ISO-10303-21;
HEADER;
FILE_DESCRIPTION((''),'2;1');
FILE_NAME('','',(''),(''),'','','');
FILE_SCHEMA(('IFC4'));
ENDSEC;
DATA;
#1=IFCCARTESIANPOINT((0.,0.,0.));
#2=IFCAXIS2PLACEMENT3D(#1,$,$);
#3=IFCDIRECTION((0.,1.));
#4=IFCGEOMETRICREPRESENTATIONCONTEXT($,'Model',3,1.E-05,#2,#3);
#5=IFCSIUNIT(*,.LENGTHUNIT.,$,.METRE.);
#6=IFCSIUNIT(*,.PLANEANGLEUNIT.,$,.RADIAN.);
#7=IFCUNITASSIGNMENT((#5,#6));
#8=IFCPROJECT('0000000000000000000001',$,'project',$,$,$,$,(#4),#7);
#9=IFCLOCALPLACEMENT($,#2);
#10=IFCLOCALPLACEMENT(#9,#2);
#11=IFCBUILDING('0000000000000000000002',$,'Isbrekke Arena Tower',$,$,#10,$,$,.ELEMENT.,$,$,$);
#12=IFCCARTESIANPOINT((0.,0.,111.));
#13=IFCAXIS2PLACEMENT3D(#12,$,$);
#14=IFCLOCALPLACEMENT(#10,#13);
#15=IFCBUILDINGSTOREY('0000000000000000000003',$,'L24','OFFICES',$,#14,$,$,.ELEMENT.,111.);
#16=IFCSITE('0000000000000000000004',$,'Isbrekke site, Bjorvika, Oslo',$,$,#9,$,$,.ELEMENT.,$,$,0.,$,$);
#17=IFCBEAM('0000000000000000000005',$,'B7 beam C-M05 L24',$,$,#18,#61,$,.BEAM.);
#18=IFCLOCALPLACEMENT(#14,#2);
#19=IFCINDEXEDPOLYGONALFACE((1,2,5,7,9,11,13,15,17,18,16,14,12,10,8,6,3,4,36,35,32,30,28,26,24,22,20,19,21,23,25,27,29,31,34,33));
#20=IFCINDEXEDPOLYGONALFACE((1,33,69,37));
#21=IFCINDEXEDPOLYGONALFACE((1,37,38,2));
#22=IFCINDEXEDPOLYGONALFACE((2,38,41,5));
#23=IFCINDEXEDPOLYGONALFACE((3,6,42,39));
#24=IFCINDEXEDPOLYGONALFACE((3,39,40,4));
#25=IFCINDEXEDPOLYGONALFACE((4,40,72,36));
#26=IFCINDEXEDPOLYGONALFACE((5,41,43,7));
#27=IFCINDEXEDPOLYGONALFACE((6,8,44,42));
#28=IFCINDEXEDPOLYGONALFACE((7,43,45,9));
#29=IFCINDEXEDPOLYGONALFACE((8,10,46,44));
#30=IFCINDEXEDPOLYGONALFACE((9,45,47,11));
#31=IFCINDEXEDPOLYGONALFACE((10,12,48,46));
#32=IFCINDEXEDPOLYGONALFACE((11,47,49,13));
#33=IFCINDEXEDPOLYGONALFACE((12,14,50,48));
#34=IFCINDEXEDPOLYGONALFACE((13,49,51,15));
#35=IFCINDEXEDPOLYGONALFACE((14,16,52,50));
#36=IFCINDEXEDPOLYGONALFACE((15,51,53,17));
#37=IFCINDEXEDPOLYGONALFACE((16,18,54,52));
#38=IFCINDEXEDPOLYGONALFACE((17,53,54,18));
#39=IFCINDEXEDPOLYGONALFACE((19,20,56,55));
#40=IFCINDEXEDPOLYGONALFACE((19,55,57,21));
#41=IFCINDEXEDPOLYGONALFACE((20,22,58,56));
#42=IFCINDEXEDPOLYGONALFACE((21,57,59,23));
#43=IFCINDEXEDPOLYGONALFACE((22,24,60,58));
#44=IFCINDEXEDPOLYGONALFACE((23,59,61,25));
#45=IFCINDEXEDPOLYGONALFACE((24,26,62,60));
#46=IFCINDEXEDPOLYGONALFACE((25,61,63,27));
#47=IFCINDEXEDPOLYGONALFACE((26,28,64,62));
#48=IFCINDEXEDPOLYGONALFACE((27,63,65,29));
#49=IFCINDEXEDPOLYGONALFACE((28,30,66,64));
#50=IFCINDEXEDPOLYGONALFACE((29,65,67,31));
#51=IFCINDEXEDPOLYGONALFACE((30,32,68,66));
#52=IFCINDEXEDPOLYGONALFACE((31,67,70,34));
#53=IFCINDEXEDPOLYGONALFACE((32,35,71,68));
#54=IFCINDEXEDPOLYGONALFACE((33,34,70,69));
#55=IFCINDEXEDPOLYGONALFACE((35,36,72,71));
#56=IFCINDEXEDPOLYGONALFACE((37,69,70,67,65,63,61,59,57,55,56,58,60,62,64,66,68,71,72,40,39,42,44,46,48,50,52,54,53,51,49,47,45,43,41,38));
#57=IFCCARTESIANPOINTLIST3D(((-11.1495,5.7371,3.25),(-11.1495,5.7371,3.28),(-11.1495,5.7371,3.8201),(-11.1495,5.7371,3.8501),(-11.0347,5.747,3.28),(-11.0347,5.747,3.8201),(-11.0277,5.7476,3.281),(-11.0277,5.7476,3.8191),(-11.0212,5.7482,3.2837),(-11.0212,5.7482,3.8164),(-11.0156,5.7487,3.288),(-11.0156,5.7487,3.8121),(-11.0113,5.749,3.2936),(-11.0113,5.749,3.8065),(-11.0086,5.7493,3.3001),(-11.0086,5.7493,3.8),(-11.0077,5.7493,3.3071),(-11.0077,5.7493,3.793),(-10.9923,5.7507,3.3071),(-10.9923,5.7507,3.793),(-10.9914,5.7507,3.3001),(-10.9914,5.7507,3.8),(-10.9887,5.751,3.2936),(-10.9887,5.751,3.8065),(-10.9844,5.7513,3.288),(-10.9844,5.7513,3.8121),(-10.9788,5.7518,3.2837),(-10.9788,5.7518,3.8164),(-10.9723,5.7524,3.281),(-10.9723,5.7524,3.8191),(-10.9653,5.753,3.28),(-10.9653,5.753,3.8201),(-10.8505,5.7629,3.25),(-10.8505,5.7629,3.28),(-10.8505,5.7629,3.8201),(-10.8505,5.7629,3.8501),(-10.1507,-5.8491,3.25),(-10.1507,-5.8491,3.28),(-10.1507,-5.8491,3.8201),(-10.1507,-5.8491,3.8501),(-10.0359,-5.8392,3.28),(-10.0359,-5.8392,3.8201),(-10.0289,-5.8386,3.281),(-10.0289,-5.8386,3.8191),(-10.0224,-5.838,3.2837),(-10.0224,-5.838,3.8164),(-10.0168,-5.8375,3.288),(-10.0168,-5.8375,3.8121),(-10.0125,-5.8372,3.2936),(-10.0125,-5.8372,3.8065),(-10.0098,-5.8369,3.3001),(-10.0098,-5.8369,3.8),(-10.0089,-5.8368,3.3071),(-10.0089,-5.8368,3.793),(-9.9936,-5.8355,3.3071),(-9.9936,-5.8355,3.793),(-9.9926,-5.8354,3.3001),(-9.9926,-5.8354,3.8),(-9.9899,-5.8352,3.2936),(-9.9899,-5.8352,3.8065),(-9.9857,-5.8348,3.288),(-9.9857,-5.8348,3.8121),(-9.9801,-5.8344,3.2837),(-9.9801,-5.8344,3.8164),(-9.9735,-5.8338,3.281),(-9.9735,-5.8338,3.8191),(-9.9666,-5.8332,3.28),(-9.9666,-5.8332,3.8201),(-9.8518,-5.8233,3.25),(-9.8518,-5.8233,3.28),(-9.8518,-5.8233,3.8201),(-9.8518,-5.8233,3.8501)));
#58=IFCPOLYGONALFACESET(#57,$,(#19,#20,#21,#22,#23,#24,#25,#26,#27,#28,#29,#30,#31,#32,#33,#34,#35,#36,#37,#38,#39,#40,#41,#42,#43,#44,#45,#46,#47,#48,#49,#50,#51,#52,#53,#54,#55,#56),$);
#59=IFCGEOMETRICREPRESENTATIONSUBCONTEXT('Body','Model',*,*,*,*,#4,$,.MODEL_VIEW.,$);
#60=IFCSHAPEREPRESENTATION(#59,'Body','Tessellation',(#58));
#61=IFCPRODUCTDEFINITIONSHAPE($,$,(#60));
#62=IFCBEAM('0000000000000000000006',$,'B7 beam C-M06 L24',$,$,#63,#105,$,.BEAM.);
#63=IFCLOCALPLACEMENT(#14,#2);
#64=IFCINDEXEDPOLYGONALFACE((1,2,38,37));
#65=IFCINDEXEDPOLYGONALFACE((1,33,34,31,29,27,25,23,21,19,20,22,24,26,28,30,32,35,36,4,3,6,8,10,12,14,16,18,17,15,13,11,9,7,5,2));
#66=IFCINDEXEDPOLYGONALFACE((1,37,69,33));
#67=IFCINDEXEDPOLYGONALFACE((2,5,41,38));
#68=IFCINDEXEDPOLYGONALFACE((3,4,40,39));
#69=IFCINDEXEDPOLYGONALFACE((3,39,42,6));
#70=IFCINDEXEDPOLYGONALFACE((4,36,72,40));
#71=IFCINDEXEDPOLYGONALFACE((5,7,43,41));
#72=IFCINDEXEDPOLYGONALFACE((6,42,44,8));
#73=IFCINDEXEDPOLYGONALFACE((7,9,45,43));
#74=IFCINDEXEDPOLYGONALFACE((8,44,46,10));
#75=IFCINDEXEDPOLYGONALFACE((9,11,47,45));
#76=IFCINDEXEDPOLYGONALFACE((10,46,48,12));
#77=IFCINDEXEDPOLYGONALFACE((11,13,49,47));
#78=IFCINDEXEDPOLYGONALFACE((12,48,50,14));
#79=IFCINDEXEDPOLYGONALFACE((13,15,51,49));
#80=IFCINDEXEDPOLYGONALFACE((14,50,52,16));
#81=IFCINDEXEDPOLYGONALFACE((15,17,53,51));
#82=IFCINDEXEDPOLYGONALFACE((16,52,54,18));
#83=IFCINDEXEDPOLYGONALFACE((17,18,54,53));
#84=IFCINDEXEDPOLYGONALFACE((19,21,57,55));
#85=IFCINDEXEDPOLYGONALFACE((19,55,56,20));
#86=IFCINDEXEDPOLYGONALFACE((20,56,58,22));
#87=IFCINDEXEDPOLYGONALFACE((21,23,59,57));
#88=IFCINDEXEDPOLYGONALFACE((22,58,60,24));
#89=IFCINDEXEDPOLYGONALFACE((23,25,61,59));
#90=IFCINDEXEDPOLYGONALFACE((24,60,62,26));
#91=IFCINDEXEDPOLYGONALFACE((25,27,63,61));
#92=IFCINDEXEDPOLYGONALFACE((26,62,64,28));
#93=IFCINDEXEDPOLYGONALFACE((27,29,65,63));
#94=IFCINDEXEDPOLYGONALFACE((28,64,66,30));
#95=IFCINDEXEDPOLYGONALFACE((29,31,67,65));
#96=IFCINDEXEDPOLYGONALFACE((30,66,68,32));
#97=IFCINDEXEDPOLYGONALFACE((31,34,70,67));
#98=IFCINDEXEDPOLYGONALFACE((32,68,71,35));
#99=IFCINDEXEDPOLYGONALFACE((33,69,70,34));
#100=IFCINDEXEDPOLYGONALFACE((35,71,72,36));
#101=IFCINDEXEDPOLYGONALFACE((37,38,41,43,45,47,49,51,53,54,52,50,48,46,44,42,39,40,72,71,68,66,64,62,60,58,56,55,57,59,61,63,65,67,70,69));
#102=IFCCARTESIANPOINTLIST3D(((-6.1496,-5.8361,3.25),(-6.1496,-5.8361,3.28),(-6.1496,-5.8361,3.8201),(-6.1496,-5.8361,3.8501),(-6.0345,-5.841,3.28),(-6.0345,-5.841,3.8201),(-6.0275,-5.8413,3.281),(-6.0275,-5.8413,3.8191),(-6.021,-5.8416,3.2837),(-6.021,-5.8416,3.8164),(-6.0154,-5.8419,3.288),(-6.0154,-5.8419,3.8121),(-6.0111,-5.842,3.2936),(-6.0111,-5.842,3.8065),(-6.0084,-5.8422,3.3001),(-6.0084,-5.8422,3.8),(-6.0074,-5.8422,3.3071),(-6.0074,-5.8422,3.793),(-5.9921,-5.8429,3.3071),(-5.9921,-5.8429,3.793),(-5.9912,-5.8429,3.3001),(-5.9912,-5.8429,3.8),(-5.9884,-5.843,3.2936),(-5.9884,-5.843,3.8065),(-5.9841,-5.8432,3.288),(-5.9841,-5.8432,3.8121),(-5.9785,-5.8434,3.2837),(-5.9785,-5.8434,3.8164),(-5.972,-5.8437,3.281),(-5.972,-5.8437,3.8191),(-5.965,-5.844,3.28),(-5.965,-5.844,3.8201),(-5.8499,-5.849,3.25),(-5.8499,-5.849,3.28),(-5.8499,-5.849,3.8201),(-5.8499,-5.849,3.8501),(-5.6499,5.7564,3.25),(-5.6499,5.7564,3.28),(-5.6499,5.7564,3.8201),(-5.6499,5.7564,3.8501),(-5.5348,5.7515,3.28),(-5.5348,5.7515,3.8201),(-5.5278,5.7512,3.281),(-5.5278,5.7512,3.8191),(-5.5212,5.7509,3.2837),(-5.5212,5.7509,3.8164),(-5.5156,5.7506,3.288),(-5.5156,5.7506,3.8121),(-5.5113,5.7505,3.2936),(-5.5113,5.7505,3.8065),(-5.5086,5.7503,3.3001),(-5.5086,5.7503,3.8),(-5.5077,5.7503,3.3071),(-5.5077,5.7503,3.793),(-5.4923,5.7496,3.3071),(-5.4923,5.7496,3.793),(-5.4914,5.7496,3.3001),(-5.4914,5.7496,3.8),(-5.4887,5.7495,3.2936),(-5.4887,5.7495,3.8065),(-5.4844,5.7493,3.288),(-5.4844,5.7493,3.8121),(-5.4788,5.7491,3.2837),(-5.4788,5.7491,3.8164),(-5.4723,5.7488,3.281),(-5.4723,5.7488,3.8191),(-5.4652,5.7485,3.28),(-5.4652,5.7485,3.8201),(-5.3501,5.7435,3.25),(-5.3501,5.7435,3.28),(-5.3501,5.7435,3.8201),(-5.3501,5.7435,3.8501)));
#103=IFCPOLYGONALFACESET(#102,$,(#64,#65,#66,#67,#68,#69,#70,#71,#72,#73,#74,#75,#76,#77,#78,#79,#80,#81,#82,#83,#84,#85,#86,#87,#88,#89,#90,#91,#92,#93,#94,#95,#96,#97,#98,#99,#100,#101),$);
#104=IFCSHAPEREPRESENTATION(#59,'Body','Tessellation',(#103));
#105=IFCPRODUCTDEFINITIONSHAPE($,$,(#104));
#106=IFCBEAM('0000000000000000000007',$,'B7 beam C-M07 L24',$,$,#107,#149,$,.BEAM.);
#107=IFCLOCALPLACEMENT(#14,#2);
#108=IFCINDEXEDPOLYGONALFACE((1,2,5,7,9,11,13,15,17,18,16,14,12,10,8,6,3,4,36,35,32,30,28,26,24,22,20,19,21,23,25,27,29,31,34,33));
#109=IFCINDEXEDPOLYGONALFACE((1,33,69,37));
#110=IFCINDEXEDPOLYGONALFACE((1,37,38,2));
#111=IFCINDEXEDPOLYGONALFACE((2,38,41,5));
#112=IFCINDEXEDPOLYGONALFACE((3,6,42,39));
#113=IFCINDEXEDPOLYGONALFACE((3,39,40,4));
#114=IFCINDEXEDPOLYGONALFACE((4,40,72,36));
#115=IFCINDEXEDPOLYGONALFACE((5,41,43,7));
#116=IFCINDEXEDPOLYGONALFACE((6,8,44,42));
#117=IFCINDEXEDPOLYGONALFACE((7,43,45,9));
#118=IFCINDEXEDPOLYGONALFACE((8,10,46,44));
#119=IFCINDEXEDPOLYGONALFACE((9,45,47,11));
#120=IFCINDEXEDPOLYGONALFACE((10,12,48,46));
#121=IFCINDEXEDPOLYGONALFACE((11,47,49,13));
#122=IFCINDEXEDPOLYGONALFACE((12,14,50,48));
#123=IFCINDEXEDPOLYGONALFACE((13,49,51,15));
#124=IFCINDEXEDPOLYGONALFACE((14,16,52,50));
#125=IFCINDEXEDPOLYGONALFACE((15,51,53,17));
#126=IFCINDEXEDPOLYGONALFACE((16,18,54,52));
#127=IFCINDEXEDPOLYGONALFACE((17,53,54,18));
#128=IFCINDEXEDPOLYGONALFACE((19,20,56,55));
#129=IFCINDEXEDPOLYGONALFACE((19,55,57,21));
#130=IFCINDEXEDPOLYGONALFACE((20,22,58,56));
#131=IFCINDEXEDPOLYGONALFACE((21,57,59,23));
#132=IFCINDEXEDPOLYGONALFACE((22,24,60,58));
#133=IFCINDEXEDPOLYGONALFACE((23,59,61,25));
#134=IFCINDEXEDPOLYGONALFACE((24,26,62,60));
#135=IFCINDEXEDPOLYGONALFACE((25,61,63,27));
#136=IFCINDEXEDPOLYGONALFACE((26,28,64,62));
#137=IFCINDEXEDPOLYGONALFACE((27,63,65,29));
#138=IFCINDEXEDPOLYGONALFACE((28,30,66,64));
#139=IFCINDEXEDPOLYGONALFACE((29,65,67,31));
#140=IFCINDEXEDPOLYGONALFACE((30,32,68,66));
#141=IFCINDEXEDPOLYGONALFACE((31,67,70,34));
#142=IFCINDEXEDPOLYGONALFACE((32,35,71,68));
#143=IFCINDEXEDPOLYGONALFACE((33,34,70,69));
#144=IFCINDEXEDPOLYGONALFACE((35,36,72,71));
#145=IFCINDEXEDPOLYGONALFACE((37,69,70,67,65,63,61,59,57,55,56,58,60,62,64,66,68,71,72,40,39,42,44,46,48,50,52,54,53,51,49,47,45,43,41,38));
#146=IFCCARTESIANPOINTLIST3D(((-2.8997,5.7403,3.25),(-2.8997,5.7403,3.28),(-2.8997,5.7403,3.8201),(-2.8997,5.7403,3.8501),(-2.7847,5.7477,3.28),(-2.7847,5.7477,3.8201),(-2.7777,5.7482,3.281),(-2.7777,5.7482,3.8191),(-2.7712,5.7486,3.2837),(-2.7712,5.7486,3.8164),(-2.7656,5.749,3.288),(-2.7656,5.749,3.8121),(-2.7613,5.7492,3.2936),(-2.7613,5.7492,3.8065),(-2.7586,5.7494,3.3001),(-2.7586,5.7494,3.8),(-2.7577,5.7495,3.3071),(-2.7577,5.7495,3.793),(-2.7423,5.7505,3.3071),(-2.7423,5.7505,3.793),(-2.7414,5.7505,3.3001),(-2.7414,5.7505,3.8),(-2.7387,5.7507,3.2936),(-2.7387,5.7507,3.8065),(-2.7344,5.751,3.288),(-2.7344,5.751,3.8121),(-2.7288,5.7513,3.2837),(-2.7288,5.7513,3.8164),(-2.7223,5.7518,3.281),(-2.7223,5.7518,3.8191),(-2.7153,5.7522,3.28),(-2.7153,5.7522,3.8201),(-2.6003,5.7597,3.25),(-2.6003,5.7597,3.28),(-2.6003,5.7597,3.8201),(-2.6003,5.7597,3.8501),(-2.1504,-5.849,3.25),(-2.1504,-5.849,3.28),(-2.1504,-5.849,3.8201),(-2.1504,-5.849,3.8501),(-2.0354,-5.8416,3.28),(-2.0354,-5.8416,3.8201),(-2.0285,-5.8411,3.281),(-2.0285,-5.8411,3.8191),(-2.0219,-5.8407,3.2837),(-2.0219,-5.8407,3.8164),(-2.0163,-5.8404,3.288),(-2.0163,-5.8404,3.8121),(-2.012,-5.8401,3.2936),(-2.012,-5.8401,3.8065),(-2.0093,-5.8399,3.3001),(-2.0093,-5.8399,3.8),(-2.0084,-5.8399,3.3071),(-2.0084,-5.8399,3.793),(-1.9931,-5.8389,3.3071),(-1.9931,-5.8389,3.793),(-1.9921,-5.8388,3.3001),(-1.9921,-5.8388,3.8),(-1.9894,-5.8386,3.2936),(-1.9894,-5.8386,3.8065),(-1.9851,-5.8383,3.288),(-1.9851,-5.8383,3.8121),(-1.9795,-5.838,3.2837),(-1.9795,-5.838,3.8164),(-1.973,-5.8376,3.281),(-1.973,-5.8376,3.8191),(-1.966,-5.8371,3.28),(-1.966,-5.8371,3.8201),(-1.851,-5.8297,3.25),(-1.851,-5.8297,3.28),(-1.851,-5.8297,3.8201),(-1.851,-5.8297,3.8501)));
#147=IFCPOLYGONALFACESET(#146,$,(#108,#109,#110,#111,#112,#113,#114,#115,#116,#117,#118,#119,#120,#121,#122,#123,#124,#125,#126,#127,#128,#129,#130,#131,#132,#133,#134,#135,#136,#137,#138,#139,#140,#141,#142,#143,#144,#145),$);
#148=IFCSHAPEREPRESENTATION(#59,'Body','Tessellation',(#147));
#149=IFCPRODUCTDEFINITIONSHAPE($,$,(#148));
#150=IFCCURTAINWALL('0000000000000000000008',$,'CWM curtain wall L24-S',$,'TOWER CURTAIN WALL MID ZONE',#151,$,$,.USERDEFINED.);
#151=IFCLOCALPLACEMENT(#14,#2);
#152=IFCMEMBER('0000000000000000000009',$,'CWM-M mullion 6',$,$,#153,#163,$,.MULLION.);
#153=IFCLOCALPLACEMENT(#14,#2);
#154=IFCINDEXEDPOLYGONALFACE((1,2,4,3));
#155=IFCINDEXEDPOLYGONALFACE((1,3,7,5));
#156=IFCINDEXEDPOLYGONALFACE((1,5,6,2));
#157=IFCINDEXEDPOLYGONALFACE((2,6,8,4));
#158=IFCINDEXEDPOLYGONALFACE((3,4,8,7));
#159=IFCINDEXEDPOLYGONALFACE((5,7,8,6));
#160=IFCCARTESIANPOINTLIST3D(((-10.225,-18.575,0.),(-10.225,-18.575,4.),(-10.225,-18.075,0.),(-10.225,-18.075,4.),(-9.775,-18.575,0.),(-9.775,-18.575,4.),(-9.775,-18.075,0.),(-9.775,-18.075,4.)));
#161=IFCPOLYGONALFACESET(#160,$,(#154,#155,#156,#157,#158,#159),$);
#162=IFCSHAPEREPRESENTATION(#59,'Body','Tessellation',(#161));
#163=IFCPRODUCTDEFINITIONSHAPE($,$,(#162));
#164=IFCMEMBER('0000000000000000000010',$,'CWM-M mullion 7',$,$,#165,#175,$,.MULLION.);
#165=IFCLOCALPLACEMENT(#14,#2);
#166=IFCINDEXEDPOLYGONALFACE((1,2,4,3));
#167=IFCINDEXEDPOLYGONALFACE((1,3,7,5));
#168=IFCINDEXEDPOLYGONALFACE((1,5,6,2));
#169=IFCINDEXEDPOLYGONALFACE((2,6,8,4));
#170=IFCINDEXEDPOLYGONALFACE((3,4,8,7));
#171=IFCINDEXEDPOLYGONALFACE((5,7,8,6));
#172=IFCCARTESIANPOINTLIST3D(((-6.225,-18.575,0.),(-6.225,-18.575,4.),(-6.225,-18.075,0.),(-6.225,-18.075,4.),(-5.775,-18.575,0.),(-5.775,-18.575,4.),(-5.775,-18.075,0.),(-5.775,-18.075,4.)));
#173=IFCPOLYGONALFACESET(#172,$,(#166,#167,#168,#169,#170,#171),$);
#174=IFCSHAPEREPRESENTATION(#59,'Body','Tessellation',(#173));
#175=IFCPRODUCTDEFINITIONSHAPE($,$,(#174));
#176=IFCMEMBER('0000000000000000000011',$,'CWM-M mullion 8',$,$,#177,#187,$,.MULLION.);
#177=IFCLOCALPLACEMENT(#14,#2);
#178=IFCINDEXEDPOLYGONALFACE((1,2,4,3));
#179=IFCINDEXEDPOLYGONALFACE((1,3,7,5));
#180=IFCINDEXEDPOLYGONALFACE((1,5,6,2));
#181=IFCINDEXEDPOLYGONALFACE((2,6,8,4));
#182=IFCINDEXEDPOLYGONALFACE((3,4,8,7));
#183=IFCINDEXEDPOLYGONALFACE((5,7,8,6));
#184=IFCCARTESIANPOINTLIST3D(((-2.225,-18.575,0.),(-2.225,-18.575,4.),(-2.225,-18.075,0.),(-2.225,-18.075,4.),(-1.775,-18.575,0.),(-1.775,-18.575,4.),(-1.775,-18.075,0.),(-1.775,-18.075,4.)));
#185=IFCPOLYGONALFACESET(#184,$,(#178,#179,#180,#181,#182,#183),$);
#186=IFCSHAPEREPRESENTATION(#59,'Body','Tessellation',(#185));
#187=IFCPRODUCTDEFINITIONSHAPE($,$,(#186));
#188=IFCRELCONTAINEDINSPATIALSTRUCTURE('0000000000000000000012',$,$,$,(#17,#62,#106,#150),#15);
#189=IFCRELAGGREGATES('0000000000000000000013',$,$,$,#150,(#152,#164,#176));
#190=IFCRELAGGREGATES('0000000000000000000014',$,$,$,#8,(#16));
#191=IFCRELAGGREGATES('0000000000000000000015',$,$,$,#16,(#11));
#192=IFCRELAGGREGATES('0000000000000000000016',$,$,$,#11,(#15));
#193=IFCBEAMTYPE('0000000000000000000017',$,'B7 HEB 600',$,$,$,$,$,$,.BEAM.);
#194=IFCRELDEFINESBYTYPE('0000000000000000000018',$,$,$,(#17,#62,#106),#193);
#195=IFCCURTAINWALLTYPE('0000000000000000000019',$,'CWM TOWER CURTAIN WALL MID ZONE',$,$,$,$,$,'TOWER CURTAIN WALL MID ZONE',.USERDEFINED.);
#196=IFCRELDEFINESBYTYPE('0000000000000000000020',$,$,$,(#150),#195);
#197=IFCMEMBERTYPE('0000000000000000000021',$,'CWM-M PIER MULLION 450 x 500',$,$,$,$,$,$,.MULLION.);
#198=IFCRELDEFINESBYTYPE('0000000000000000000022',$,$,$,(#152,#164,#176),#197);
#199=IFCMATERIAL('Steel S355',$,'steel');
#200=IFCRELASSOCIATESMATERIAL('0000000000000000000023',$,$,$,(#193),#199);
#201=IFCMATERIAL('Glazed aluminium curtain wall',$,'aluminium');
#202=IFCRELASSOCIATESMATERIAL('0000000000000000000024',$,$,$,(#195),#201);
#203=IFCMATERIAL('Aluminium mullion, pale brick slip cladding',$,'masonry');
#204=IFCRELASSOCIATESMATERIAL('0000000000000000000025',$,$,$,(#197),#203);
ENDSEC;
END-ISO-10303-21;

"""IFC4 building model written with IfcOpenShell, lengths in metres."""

from ifc_helpers import new_model, si_unit, direction, frame, origin, origin_2d, place, context, subcontext, project, spatial, rectangle, i_section, extrude, material, material_profile, profile_set, type_object, element, aggregate, save


model = new_model("IFC4")

# Units and contexts
model_context = context("Model", 3, precision=1e-05, world=origin(), true_north=direction((0.0, 1.0)))
body_context = subcontext(model_context, "Body", "Model", "MODEL_VIEW")
ifc_project = project(units=[si_unit("LENGTHUNIT", "METRE"), si_unit("PLANEANGLEUNIT", "RADIAN")], contexts=[model_context])

# Site, building, storey
site_placement = place(None, origin())
site = spatial("IfcSite", under=ifc_project, at=site_placement, Name="Isbrekke site, Bjorvika, Oslo", CompositionType="ELEMENT", RefElevation=0.0)
building_placement = place(site_placement, origin())
building = spatial("IfcBuilding", under=site, at=building_placement, Name="Isbrekke Arena Tower", CompositionType="ELEMENT")
storey_placement = place(building_placement, frame((0.0, 0.0, 111.0)))
storey = spatial("IfcBuildingStorey", under=building, at=storey_placement, Name="L24", Description="OFFICES", CompositionType="ELEMENT", Elevation=111.0)

# Beams
ifc_material_1 = material(Name="Steel S355", Category="steel")
ifc_material_profile_1 = material_profile(ifc_material_1, i_section(OverallWidth=0.3, OverallDepth=0.6001, WebThickness=0.0154, FlangeThickness=0.03, FilletRadius=0.0271, at=origin_2d()), Name="HEB 600")
ifc_profile_set_1 = profile_set([ifc_material_profile_1], Name="Steel S355")
beam_type_1 = type_object("IfcBeamType", Name="B7 HEB 600", PredefinedType="BEAM", material=ifc_profile_set_1)
beam_1_placement = place(storey_placement, frame((-10.0012, -5.8362, 3.55), z_axis=(-0.085886, 0.996305, 0.0), x_axis=(-0.996305, -0.085886, 0.0)))
element("IfcBeam", 1, at=beam_1_placement, inside=storey, type_object=beam_type_1, Name="B7 beam C-M05 L24", PredefinedType="BEAM", context=body_context, shape_type="SweptSolid", body=[
    extrude(i_section(OverallWidth=0.3, OverallDepth=0.6001, WebThickness=0.0154, FlangeThickness=0.03, FilletRadius=0.0271, at=origin_2d()), origin(), (0.0, 0.0, 1.0), 11.6292),
])
beam_2_placement = place(storey_placement, frame((-5.9998, -5.8425, 3.55), z_axis=(0.04307, 0.999072, 0.0), x_axis=(-0.999072, 0.04307, 0.0)))
element("IfcBeam", 2, at=beam_2_placement, inside=storey, type_object=beam_type_1, Name="B7 beam C-M06 L24", PredefinedType="BEAM", context=body_context, shape_type="SweptSolid", body=[
    extrude(i_section(OverallWidth=0.3, OverallDepth=0.6001, WebThickness=0.0154, FlangeThickness=0.03, FilletRadius=0.0271, at=origin_2d()), origin(), (0.0, 0.0, 1.0), 11.6033),
])
beam_3_placement = place(storey_placement, frame((-2.0007, -5.8394, 3.55), z_axis=(-0.064517, 0.997917, 0.0), x_axis=(-0.997917, -0.064517, 0.0)))
element("IfcBeam", 3, at=beam_3_placement, inside=storey, type_object=beam_type_1, Name="B7 beam C-M07 L24", PredefinedType="BEAM", context=body_context, shape_type="SweptSolid", body=[
    extrude(i_section(OverallWidth=0.3, OverallDepth=0.6001, WebThickness=0.0154, FlangeThickness=0.03, FilletRadius=0.0271, at=origin_2d()), origin(), (0.0, 0.0, 1.0), 11.6135),
])

# Curtain wall, members
ifc_material_2 = material(Name="Glazed aluminium curtain wall", Category="aluminium")
curtain_wall_type = type_object("IfcCurtainWallType", Name="CWM TOWER CURTAIN WALL MID ZONE", ElementType="TOWER CURTAIN WALL MID ZONE", PredefinedType="USERDEFINED", material=ifc_material_2)
curtain_wall_placement = place(storey_placement, origin())
curtain_wall = element("IfcCurtainWall", 4, at=curtain_wall_placement, inside=storey, type_object=curtain_wall_type, Name="CWM curtain wall L24-S", ObjectType="TOWER CURTAIN WALL MID ZONE", PredefinedType="USERDEFINED")
ifc_material_3 = material(Name="Aluminium mullion, pale brick slip cladding", Category="masonry")
ifc_material_profile_2 = material_profile(ifc_material_3, rectangle(XDim=0.45, YDim=0.5, at=origin_2d()), Name="PIER 450X500")
ifc_profile_set_2 = profile_set([ifc_material_profile_2], Name="Aluminium mullion, pale brick slip cladding")
member_type_1 = type_object("IfcMemberType", Name="CWM-M PIER MULLION 450 x 500", PredefinedType="MULLION", material=ifc_profile_set_2)
member_1_placement = place(storey_placement, frame((-10.0, -18.325, 0.0), z_axis=(0.0, 0.0, 1.0), x_axis=(1.0, 0.0, 0.0)))
member_1 = element("IfcMember", 5, at=member_1_placement, type_object=member_type_1, Name="CWM-M mullion 6", PredefinedType="MULLION", context=body_context, shape_type="SweptSolid", body=[
    extrude(rectangle(XDim=0.45, YDim=0.5, at=origin_2d()), origin(), (0.0, 0.0, 1.0), 4.0),
])
member_2_placement = place(storey_placement, frame((-6.0, -18.325, 0.0), z_axis=(0.0, 0.0, 1.0), x_axis=(1.0, 0.0, 0.0)))
member_2 = element("IfcMember", 6, at=member_2_placement, type_object=member_type_1, Name="CWM-M mullion 7", PredefinedType="MULLION", context=body_context, shape_type="SweptSolid", body=[
    extrude(rectangle(XDim=0.45, YDim=0.5, at=origin_2d()), origin(), (0.0, 0.0, 1.0), 4.0),
])
member_3_placement = place(storey_placement, frame((-2.0, -18.325, 0.0), z_axis=(0.0, 0.0, 1.0), x_axis=(1.0, 0.0, 0.0)))
member_3 = element("IfcMember", 7, at=member_3_placement, type_object=member_type_1, Name="CWM-M mullion 8", PredefinedType="MULLION", context=body_context, shape_type="SweptSolid", body=[
    extrude(rectangle(XDim=0.45, YDim=0.5, at=origin_2d()), origin(), (0.0, 0.0, 1.0), 4.0),
])

aggregate(curtain_wall, [member_1, member_2, member_3])

save(model, "model.ifc")
